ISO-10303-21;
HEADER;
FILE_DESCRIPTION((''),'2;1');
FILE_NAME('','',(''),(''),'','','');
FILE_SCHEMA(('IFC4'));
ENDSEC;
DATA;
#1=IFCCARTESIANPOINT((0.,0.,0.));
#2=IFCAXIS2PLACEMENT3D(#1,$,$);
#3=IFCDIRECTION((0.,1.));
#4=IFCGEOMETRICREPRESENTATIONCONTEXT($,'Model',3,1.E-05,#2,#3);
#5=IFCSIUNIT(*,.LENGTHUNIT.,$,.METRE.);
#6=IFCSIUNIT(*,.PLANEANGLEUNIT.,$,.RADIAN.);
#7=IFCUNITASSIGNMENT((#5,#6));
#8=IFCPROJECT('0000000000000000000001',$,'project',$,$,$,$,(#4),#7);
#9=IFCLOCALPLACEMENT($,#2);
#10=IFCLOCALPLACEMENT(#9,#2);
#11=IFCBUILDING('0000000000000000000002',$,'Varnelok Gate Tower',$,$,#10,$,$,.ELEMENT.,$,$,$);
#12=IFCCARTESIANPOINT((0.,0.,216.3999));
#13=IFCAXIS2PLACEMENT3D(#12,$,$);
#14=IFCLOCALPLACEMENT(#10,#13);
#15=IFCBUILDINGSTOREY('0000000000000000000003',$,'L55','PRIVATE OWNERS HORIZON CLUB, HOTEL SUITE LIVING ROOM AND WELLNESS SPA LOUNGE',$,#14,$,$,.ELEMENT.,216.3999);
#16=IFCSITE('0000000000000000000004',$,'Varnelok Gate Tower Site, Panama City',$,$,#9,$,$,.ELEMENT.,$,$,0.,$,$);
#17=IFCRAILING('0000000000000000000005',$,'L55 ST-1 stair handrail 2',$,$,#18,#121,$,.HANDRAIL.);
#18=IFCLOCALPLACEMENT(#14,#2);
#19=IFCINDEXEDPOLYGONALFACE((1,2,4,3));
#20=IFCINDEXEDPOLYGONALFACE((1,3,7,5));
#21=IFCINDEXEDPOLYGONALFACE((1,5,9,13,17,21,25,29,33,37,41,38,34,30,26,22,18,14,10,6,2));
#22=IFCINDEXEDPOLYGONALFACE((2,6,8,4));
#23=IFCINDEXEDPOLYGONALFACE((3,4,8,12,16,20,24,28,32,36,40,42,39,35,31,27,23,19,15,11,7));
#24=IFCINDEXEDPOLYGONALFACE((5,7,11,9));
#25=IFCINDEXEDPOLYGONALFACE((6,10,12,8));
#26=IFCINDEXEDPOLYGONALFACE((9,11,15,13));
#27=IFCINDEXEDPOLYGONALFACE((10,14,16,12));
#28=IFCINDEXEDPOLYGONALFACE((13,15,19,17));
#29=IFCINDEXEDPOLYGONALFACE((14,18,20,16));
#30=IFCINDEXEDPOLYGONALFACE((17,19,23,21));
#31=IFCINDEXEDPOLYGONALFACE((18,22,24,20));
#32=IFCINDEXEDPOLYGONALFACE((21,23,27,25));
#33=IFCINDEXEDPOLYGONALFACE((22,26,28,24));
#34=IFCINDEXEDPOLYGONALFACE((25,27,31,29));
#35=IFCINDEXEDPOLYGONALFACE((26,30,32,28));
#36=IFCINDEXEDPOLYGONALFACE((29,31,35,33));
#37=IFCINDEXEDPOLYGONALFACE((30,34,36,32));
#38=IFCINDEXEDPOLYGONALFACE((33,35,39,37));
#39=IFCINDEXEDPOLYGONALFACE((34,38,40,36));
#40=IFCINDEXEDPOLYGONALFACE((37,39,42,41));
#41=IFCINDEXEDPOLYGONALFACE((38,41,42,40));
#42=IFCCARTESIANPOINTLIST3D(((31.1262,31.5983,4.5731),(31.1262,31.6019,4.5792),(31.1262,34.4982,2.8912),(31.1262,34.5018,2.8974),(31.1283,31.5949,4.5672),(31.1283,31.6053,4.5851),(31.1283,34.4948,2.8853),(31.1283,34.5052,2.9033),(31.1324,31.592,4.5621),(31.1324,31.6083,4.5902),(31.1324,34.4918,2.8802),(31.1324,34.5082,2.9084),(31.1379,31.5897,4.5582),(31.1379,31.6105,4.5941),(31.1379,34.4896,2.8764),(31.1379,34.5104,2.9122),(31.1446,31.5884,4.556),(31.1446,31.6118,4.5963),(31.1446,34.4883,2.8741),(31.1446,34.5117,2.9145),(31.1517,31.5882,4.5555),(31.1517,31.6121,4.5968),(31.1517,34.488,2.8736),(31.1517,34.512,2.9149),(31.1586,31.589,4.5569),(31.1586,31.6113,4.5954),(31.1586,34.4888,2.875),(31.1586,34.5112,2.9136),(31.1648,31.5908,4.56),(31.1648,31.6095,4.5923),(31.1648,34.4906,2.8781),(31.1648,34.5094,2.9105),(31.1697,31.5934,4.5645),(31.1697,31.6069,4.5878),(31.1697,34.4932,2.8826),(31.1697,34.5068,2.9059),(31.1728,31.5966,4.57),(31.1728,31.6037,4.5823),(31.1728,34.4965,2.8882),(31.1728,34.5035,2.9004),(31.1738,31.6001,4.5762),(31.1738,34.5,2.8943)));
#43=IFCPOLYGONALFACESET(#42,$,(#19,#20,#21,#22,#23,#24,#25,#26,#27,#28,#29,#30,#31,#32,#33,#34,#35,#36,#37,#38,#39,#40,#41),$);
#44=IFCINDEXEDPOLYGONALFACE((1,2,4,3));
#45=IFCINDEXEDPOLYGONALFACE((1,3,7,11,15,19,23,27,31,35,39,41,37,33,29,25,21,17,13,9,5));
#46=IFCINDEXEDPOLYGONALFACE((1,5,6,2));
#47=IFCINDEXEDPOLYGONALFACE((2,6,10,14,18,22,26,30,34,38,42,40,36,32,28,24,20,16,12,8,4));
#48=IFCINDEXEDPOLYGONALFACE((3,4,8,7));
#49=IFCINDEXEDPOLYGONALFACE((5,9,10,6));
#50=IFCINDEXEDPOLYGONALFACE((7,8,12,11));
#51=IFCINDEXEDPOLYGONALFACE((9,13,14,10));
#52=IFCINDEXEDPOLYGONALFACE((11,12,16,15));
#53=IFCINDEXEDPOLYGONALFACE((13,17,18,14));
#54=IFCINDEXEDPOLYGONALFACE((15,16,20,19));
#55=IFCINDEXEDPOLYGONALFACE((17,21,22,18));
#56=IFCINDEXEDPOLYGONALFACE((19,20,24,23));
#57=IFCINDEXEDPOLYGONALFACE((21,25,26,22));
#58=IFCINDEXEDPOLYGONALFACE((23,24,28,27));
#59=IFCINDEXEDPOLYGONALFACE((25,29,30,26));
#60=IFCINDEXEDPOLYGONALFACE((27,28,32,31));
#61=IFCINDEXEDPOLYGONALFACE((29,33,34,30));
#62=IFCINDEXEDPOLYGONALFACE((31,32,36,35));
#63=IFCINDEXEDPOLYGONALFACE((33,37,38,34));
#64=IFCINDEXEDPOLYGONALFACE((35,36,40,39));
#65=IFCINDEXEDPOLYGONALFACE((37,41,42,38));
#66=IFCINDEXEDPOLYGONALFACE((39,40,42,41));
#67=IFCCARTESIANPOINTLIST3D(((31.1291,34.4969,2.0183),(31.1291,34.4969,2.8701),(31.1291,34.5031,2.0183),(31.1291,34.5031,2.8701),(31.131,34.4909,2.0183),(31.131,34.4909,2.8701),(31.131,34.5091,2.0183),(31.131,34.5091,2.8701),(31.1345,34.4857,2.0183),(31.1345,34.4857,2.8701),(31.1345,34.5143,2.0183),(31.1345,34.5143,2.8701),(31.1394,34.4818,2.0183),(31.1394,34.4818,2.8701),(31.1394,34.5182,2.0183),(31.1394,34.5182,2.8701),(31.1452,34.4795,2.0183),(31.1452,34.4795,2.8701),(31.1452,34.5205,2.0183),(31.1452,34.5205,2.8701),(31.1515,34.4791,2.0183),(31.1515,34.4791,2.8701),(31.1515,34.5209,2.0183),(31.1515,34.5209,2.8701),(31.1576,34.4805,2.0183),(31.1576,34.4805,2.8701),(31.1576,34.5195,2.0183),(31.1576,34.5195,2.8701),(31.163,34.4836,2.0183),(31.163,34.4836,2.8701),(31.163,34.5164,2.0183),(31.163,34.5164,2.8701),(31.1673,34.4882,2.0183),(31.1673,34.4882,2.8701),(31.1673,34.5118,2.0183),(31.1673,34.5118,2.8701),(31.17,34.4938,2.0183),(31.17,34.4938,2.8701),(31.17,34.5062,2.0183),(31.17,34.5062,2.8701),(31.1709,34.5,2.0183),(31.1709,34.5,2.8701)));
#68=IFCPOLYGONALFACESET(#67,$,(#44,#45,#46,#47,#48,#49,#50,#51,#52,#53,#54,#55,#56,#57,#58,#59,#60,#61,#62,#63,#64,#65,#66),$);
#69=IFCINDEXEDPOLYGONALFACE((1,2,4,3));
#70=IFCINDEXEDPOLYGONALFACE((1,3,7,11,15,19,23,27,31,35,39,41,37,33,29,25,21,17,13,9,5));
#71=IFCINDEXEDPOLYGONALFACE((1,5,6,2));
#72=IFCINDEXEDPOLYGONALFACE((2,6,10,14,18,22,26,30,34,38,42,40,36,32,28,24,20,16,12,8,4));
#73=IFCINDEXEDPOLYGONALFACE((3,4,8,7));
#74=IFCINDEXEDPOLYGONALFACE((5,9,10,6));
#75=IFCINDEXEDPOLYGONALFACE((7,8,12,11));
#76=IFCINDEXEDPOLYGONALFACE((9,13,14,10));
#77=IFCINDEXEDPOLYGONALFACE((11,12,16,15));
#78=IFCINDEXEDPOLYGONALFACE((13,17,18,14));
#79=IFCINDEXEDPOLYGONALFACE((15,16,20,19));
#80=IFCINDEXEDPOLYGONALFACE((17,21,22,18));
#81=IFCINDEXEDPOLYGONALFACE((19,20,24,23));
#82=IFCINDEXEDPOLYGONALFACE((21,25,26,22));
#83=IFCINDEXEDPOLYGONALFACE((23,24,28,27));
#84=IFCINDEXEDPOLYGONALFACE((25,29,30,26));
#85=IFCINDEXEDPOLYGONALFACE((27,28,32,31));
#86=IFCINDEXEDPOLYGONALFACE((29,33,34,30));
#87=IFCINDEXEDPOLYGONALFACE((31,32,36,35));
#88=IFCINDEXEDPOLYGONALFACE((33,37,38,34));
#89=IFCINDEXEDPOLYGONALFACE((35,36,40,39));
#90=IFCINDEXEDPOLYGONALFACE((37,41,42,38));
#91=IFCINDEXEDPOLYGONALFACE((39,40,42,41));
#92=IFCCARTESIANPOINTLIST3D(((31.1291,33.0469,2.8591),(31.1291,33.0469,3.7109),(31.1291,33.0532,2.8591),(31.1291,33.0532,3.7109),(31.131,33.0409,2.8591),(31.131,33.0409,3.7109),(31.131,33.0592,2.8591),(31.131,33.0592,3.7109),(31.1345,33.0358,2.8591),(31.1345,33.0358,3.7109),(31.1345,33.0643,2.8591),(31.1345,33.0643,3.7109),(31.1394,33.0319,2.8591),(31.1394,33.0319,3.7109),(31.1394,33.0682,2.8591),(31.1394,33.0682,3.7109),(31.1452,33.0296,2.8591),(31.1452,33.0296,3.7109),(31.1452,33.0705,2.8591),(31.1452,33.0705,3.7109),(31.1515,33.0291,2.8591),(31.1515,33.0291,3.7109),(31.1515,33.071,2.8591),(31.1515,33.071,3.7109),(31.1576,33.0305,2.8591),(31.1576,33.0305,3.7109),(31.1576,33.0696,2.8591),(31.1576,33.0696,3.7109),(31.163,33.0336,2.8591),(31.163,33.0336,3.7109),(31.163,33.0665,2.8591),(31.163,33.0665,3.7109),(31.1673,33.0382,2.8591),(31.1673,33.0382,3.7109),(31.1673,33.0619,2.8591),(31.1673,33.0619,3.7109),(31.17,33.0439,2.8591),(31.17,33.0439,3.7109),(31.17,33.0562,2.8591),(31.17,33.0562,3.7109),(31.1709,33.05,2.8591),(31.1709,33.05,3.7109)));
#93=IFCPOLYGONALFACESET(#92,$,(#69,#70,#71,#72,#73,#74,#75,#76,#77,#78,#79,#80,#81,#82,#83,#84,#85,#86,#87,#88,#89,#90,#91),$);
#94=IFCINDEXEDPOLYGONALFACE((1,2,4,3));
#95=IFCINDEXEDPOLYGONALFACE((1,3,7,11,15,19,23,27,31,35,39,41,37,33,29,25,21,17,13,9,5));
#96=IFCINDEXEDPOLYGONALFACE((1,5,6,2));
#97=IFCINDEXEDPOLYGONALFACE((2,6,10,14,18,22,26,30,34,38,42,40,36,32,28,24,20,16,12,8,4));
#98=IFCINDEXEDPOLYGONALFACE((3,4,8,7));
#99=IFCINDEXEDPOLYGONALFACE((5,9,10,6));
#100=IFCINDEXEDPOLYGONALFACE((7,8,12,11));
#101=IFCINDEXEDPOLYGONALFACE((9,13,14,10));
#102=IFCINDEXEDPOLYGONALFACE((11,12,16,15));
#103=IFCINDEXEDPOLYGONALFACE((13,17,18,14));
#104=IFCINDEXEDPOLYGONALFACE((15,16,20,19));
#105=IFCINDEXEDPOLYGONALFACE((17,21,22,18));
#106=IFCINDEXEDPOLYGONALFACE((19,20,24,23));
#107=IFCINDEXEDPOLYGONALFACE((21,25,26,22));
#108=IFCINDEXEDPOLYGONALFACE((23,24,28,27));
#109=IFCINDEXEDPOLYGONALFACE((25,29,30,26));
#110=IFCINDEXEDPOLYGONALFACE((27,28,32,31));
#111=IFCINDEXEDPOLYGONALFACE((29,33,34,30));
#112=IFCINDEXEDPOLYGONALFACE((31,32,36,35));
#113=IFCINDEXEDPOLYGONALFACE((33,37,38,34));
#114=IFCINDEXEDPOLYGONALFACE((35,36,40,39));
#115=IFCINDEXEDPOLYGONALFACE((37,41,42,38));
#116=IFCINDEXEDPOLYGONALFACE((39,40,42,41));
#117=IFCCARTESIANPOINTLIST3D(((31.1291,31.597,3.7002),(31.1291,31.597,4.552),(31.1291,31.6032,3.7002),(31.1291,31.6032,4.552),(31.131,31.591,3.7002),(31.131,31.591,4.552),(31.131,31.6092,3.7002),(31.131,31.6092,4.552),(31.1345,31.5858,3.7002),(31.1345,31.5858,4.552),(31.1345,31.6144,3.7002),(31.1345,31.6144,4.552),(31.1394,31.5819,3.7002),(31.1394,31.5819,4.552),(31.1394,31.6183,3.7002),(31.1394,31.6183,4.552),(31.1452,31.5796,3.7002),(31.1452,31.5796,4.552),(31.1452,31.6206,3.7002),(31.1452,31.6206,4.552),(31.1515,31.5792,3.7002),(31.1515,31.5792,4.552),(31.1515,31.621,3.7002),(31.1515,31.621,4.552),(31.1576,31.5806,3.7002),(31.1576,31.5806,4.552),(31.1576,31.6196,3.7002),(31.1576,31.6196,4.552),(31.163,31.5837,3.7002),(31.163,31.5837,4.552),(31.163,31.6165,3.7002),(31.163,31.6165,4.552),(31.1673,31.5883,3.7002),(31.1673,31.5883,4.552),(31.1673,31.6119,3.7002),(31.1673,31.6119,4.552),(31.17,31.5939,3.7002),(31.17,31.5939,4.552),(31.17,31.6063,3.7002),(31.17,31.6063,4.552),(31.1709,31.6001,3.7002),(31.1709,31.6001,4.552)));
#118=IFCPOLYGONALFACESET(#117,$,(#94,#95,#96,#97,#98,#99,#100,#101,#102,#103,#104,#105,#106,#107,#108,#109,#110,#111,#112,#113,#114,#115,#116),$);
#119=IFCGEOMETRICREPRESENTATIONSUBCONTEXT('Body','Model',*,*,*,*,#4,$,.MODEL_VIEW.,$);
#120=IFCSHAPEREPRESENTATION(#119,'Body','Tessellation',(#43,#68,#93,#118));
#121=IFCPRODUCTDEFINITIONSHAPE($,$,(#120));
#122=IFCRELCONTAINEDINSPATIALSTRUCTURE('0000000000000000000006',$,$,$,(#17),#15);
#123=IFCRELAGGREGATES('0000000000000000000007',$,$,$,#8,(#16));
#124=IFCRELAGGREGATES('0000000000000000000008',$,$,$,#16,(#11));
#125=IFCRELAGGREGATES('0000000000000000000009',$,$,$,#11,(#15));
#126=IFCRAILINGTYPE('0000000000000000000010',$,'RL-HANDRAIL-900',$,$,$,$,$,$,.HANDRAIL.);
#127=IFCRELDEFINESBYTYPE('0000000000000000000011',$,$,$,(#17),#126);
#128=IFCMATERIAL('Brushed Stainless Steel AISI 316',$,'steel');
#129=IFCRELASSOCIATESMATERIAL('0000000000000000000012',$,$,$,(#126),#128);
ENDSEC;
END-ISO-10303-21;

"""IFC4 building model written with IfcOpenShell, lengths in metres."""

from ifc_helpers import new_model, si_unit, direction, frame, origin, origin_2d, place, context, subcontext, project, spatial, circle, extrude, material, type_object, element, save


model = new_model("IFC4")

# Units and contexts
model_context = context("Model", 3, precision=1e-05, world=origin(), true_north=direction((0.0, 1.0)))
body_context = subcontext(model_context, "Body", "Model", "MODEL_VIEW")
ifc_project = project(units=[si_unit("LENGTHUNIT", "METRE"), si_unit("PLANEANGLEUNIT", "RADIAN")], contexts=[model_context])

# Site, building, storey
site_placement = place(None, origin())
site = spatial("IfcSite", under=ifc_project, at=site_placement, Name="Varnelok Gate Tower Site, Panama City", CompositionType="ELEMENT", RefElevation=0.0)
building_placement = place(site_placement, origin())
building = spatial("IfcBuilding", under=site, at=building_placement, Name="Varnelok Gate Tower", CompositionType="ELEMENT")
storey_placement = place(building_placement, frame((0.0, 0.0, 216.3999)))
storey = spatial("IfcBuildingStorey", under=building, at=storey_placement, Name="L55", Description="PRIVATE OWNERS HORIZON CLUB, HOTEL SUITE LIVING ROOM AND WELLNESS SPA LOUNGE", CompositionType="ELEMENT", Elevation=216.3999)

# Railing
ifc_material_1 = material(Name="Brushed Stainless Steel AISI 316", Category="steel")
railing_type_1 = type_object("IfcRailingType", Name="RL-HANDRAIL-900", PredefinedType="HANDRAIL", material=ifc_material_1)
railing_1_placement = place(storey_placement, frame((31.1499, 34.5, 2.0183)))
element("IfcRailing", 1, at=railing_1_placement, inside=storey, type_object=railing_type_1, Name="L55 ST-1 stair handrail 2", PredefinedType="HANDRAIL", context=body_context, shape_type="SweptSolid", body=[
    extrude(circle(Radius=0.0239, at=origin_2d()), frame((0.0, 0.0, 0.876), z_axis=(0.0, -0.865039, 0.501705), x_axis=(1.0, 0.0, 0.0)), (0.0, 0.0, 1.0), 3.3523),
    extrude(circle(Radius=0.021, at=origin_2d()), origin(), (0.0, 0.0, 1.0), 0.8518),
    extrude(circle(Radius=0.021, at=origin_2d()), frame((0.0, -1.45, 0.8408)), (0.0, 0.0, 1.0), 0.8518),
    extrude(circle(Radius=0.021, at=origin_2d()), frame((0.0, -2.8999, 1.6819)), (0.0, 0.0, 1.0), 0.8518),
])

save(model, "model.ifc")
